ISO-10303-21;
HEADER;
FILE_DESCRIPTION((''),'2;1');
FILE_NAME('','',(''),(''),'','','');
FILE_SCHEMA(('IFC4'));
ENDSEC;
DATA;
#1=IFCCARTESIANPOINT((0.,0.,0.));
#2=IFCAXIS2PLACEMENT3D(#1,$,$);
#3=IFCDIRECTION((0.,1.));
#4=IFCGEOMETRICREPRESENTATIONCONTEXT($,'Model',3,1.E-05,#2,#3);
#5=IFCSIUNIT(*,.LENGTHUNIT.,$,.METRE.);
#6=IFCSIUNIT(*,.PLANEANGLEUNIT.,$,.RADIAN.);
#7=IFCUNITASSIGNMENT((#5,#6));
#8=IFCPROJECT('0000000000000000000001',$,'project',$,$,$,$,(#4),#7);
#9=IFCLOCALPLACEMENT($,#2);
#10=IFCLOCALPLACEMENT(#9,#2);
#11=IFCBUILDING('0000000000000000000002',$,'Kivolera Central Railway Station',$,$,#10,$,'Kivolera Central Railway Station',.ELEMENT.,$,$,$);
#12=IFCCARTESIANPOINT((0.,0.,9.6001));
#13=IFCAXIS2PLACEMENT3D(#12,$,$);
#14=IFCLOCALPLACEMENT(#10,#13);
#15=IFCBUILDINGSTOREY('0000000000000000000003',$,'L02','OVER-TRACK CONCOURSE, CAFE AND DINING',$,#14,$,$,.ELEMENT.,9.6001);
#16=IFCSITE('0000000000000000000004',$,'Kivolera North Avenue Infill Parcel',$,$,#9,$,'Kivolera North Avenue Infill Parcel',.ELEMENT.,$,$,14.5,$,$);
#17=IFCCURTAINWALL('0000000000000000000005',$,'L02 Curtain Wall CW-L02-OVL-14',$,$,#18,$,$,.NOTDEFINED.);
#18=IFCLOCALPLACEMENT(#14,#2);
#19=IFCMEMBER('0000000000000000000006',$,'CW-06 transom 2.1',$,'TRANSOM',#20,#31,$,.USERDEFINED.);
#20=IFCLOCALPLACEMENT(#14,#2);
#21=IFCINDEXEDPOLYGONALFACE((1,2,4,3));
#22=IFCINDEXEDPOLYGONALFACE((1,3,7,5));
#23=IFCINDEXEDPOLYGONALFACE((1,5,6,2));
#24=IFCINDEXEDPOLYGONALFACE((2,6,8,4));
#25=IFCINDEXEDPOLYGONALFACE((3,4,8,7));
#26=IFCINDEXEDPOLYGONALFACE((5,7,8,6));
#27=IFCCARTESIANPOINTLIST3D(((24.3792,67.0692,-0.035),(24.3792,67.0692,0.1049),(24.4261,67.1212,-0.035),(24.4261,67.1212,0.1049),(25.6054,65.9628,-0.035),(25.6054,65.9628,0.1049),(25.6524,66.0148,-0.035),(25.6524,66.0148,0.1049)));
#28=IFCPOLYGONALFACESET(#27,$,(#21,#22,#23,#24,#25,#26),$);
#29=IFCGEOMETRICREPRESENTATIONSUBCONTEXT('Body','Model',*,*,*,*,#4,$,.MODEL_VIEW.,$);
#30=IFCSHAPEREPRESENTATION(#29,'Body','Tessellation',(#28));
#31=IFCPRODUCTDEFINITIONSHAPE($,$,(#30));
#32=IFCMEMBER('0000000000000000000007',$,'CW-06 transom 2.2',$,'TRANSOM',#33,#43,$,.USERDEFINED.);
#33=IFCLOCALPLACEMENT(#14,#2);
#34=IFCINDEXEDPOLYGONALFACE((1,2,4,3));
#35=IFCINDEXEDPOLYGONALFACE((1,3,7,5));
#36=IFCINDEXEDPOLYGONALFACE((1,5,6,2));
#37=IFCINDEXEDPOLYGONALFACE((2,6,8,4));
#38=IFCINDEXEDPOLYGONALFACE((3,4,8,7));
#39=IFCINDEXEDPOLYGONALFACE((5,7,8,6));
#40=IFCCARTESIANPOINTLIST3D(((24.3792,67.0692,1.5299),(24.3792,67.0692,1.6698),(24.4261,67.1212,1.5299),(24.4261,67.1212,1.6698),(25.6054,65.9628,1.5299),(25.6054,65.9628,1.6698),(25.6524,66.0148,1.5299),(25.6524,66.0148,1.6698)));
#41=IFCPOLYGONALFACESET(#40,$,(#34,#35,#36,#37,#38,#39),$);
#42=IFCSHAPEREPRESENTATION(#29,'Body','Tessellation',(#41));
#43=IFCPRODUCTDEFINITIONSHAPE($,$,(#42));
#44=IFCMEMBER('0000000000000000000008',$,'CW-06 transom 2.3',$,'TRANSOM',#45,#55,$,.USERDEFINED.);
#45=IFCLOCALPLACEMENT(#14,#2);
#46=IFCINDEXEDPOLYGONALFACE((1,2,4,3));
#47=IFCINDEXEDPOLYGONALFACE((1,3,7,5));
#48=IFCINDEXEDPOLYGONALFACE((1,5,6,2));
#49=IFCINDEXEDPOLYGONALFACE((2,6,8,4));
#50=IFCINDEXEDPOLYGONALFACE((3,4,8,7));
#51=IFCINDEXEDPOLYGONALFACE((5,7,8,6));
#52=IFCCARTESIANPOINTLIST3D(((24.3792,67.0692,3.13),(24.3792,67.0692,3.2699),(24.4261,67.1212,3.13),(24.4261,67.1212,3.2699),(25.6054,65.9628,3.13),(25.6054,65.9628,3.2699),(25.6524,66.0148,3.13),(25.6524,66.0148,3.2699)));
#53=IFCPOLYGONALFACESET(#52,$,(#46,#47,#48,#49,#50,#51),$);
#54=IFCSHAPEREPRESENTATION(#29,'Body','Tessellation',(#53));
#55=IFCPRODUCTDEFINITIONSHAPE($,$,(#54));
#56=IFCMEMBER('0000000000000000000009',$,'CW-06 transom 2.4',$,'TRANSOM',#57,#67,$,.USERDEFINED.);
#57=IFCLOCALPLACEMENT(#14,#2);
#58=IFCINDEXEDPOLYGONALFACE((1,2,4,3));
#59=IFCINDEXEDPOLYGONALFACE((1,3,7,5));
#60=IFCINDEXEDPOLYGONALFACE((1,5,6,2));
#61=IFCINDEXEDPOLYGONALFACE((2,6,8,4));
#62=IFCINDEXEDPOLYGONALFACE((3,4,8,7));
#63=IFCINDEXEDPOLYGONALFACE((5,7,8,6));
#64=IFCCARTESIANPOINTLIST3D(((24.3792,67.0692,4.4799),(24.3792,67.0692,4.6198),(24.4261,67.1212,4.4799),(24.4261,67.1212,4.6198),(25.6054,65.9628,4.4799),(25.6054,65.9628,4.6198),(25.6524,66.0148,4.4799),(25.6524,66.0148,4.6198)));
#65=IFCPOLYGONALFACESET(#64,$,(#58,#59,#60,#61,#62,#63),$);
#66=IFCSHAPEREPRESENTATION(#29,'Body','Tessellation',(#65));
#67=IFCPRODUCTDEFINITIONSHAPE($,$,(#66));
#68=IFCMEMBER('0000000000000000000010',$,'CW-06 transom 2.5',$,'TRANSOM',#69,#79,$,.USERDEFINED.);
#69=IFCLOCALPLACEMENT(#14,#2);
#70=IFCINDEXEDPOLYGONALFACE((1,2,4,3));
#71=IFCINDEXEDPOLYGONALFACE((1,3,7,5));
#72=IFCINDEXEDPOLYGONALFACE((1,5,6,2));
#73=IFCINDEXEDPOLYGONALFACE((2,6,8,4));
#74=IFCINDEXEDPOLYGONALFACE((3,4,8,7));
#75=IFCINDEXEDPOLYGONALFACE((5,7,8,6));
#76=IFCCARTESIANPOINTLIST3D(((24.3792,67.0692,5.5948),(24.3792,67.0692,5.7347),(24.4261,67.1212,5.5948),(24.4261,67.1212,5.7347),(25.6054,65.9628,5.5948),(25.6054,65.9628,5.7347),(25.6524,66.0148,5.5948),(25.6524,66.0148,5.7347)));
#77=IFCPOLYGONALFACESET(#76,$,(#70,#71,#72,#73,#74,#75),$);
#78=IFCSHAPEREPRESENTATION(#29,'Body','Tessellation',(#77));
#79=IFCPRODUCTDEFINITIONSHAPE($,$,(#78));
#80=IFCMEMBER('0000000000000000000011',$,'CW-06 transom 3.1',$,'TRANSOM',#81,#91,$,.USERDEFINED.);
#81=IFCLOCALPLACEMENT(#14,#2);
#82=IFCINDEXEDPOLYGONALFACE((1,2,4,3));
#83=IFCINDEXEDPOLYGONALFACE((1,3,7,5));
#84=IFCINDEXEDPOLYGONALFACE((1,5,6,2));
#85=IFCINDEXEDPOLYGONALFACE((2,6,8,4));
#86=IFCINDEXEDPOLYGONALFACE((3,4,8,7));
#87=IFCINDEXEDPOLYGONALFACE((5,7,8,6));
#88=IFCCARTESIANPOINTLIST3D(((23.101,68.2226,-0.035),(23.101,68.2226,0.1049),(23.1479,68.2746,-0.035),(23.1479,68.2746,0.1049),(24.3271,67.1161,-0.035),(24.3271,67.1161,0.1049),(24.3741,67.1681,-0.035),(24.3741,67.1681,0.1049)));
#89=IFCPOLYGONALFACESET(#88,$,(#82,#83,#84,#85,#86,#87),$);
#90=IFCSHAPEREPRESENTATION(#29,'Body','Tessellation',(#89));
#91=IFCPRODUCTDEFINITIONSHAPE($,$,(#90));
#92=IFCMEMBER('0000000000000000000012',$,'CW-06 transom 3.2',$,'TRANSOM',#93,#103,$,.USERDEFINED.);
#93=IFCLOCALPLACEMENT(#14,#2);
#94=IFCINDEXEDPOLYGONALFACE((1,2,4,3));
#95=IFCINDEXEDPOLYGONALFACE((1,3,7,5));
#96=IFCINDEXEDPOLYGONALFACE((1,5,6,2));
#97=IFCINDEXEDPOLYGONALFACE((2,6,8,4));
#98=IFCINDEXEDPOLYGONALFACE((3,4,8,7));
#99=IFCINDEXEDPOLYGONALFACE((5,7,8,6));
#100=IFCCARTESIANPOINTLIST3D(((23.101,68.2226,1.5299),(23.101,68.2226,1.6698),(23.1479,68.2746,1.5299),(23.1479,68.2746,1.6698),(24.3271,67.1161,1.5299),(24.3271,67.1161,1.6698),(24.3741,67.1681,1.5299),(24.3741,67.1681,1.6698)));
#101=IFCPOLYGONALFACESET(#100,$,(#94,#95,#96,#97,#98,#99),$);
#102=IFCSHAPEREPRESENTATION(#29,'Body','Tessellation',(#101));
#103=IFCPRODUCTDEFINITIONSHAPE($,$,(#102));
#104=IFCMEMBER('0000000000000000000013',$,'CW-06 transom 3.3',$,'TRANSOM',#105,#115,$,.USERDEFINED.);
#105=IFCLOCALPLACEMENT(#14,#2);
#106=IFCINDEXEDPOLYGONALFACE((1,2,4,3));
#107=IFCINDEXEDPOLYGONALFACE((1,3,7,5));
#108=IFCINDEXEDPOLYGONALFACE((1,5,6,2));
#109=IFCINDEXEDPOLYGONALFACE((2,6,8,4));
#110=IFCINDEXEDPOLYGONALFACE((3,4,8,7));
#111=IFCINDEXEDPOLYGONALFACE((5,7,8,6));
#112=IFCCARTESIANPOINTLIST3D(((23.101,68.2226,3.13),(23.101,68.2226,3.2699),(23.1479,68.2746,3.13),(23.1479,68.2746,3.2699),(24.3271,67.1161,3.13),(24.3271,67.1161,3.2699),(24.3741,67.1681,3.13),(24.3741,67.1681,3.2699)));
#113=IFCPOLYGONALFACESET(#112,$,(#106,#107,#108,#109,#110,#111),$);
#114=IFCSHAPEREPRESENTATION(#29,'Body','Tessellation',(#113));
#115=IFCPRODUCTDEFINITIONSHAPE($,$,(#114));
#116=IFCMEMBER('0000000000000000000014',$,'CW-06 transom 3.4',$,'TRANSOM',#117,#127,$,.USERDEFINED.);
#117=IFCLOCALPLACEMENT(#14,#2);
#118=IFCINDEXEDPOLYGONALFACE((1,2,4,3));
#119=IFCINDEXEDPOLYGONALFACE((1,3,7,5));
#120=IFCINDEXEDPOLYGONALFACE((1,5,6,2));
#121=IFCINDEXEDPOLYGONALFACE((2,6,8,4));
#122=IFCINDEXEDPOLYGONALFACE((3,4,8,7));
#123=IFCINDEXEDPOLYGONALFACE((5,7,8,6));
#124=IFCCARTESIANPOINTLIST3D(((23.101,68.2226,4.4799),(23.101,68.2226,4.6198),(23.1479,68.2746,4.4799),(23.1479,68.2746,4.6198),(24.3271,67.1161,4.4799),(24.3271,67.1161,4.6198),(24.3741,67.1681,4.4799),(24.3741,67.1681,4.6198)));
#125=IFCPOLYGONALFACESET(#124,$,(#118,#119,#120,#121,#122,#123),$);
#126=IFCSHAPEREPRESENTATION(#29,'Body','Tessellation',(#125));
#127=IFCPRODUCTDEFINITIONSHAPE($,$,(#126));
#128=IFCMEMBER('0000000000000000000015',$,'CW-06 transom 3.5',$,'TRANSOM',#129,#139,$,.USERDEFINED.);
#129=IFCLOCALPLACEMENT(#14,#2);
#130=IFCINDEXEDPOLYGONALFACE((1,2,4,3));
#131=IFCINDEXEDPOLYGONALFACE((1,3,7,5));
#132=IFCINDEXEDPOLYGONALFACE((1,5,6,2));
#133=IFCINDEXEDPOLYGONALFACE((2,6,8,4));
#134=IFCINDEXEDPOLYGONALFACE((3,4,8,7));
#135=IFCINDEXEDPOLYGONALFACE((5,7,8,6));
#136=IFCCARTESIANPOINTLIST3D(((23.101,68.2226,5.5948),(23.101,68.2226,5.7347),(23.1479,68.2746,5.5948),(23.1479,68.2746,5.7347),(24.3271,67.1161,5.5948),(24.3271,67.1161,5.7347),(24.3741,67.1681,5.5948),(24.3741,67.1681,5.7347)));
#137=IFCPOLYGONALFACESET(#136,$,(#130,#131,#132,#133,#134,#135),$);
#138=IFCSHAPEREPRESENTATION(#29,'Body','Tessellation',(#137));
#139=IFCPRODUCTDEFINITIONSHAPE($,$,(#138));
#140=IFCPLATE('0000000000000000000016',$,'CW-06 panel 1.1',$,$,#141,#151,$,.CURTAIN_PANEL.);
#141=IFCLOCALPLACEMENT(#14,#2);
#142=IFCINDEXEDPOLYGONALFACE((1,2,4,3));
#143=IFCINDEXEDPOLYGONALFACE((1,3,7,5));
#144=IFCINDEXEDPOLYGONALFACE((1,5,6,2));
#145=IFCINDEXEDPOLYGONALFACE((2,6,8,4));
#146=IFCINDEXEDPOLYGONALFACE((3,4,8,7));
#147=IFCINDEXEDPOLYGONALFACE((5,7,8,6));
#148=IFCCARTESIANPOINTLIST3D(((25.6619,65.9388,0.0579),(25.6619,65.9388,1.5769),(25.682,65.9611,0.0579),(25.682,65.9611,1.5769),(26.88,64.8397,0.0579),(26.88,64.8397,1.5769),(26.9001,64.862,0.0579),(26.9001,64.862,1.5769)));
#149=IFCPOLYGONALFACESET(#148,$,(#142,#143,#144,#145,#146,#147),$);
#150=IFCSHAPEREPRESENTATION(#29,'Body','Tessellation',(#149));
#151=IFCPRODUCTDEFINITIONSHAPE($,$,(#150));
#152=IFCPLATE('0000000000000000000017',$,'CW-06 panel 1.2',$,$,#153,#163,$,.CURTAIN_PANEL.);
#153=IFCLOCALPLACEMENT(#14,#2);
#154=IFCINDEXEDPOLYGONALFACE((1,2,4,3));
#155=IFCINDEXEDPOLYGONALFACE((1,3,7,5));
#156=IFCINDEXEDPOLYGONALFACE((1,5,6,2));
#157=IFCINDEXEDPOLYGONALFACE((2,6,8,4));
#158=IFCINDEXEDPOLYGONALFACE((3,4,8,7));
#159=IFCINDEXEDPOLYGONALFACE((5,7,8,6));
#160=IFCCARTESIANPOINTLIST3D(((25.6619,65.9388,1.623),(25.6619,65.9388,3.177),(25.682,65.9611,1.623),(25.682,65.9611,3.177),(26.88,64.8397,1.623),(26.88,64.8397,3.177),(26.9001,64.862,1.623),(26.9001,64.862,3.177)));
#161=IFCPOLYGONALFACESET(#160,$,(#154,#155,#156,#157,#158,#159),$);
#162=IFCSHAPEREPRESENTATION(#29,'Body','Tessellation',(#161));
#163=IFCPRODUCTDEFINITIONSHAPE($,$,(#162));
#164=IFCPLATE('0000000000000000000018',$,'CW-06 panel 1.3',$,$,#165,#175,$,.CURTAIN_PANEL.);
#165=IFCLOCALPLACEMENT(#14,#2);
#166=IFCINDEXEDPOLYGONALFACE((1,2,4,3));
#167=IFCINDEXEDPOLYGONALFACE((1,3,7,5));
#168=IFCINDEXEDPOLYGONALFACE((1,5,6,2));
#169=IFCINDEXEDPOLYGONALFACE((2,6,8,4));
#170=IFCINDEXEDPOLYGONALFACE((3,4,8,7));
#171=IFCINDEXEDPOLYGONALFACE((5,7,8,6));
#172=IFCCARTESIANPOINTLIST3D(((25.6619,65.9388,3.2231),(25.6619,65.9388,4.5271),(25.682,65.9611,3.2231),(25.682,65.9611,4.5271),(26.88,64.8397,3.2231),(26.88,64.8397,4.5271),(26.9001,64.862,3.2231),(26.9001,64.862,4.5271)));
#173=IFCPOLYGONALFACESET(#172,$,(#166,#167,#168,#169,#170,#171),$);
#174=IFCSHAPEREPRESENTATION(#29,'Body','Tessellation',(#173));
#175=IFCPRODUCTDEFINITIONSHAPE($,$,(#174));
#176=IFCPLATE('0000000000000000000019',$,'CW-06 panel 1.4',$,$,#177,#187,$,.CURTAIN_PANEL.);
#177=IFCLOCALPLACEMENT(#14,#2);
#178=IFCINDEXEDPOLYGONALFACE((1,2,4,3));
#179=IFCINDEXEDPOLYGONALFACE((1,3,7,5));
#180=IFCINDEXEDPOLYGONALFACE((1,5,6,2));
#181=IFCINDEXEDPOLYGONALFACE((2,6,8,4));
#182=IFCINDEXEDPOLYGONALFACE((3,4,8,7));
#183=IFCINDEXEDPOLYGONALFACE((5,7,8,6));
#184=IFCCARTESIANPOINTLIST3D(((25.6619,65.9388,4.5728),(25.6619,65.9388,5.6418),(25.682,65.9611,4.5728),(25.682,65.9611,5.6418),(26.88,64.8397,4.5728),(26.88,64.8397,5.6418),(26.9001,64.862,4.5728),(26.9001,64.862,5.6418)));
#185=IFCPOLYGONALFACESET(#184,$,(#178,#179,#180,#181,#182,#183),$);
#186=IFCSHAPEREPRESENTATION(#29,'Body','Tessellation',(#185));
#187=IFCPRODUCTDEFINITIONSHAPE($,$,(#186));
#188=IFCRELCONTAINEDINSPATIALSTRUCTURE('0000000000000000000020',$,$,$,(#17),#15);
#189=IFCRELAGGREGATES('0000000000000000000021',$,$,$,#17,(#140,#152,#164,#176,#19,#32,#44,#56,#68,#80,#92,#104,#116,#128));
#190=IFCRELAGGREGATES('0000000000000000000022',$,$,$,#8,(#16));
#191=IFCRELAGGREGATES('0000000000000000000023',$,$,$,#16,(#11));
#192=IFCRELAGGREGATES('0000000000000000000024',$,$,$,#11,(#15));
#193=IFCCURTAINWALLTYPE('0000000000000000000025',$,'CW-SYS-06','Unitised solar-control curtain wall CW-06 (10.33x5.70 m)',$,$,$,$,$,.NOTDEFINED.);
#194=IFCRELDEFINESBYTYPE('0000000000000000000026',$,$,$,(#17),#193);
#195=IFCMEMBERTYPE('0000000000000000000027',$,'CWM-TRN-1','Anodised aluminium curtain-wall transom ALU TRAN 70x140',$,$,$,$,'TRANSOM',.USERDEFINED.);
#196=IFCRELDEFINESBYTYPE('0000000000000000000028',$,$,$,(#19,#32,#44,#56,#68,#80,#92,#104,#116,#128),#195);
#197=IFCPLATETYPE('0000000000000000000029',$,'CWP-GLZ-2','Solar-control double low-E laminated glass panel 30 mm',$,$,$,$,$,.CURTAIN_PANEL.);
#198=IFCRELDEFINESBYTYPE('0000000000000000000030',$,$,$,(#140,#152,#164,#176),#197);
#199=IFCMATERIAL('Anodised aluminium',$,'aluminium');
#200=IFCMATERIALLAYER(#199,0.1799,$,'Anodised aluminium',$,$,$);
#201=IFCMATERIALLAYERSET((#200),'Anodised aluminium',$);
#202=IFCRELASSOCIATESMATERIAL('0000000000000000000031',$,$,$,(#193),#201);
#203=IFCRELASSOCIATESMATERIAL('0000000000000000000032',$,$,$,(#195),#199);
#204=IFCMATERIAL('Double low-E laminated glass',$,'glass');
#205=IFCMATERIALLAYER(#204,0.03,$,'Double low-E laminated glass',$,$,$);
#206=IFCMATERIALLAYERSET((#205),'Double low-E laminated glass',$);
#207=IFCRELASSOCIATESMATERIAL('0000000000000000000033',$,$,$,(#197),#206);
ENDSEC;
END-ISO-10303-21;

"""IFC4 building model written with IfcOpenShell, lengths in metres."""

from ifc_helpers import new_model, si_unit, direction, frame, origin, origin_2d, place, context, subcontext, project, spatial, rectangle, extrude, material, layer, layer_set, material_profile, profile_set, type_object, element, aggregate, save


model = new_model("IFC4")

# Units and contexts
model_context = context("Model", 3, precision=1e-05, world=origin(), true_north=direction((0.0, 1.0)))
body_context = subcontext(model_context, "Body", "Model", "MODEL_VIEW")
ifc_project = project(units=[si_unit("LENGTHUNIT", "METRE"), si_unit("PLANEANGLEUNIT", "RADIAN")], contexts=[model_context])

# Site, building, storey
site_placement = place(None, origin())
site = spatial("IfcSite", under=ifc_project, at=site_placement, Name="Kivolera North Avenue Infill Parcel", LongName="Kivolera North Avenue Infill Parcel", CompositionType="ELEMENT", RefElevation=14.5)
building_placement = place(site_placement, origin())
building = spatial("IfcBuilding", under=site, at=building_placement, Name="Kivolera Central Railway Station", LongName="Kivolera Central Railway Station", CompositionType="ELEMENT")
storey_placement = place(building_placement, frame((0.0, 0.0, 9.6001)))
storey = spatial("IfcBuildingStorey", under=building, at=storey_placement, Name="L02", Description="OVER-TRACK CONCOURSE, CAFE AND DINING", CompositionType="ELEMENT", Elevation=9.6001)

# Curtain wall, members, plates
ifc_material_1 = material(Name="Anodised aluminium", Category="aluminium")
ifc_layer_1 = layer(ifc_material_1, 0.1799, Name="Anodised aluminium")
ifc_layer_set_1 = layer_set([ifc_layer_1], Name="Anodised aluminium")
curtain_wall_type = type_object("IfcCurtainWallType", Name="CW-SYS-06", Description="Unitised solar-control curtain wall CW-06 (10.33x5.70 m)", PredefinedType="NOTDEFINED", material=ifc_layer_set_1)
curtain_wall_placement = place(storey_placement, origin())
curtain_wall = element("IfcCurtainWall", 1, at=curtain_wall_placement, inside=storey, type_object=curtain_wall_type, Name="L02 Curtain Wall CW-L02-OVL-14", PredefinedType="NOTDEFINED")
ifc_material_profile_1 = material_profile(ifc_material_1, rectangle(XDim=0.0701, YDim=0.1399, at=origin_2d()), Name="ALU TRAN 70x140")
ifc_profile_set_1 = profile_set([ifc_material_profile_1], Name="Anodised aluminium")
member_type_1 = type_object("IfcMemberType", Name="CWM-TRN-1", Description="Anodised aluminium curtain-wall transom ALU TRAN 70x140", ElementType="TRANSOM", PredefinedType="USERDEFINED", material=ifc_profile_set_1)
member_1_placement = place(storey_placement, frame((25.6289, 65.9888, 0.0349), z_axis=(-0.742463, 0.669887, 0.0), x_axis=(-0.669887, -0.742463, 0.0)))
member_1 = element("IfcMember", 2, at=member_1_placement, type_object=member_type_1, Name="CW-06 transom 2.1", ObjectType="TRANSOM", PredefinedType="USERDEFINED", context=body_context, shape_type="SweptSolid", body=[
    extrude(rectangle(XDim=0.0701, YDim=0.1399, at=origin_2d()), origin(), (0.0, 0.0, 1.0), 1.6516),
])
member_2_placement = place(storey_placement, frame((25.6289, 65.9888, 1.5999), z_axis=(-0.742463, 0.669887, 0.0), x_axis=(-0.669887, -0.742463, 0.0)))
member_2 = element("IfcMember", 3, at=member_2_placement, type_object=member_type_1, Name="CW-06 transom 2.2", ObjectType="TRANSOM", PredefinedType="USERDEFINED", context=body_context, shape_type="SweptSolid", body=[
    extrude(rectangle(XDim=0.0701, YDim=0.1399, at=origin_2d()), origin(), (0.0, 0.0, 1.0), 1.6516),
])
member_3_placement = place(storey_placement, frame((25.6289, 65.9888, 3.2), z_axis=(-0.742463, 0.669887, 0.0), x_axis=(-0.669887, -0.742463, 0.0)))
member_3 = element("IfcMember", 4, at=member_3_placement, type_object=member_type_1, Name="CW-06 transom 2.3", ObjectType="TRANSOM", PredefinedType="USERDEFINED", context=body_context, shape_type="SweptSolid", body=[
    extrude(rectangle(XDim=0.0701, YDim=0.1399, at=origin_2d()), origin(), (0.0, 0.0, 1.0), 1.6516),
])
member_4_placement = place(storey_placement, frame((25.6289, 65.9888, 4.5498), z_axis=(-0.742463, 0.669887, 0.0), x_axis=(-0.669887, -0.742463, 0.0)))
member_4 = element("IfcMember", 5, at=member_4_placement, type_object=member_type_1, Name="CW-06 transom 2.4", ObjectType="TRANSOM", PredefinedType="USERDEFINED", context=body_context, shape_type="SweptSolid", body=[
    extrude(rectangle(XDim=0.0701, YDim=0.1399, at=origin_2d()), origin(), (0.0, 0.0, 1.0), 1.6516),
])
member_5_placement = place(storey_placement, frame((25.6289, 65.9888, 5.6648), z_axis=(-0.742463, 0.669887, 0.0), x_axis=(-0.669887, -0.742463, 0.0)))
member_5 = element("IfcMember", 6, at=member_5_placement, type_object=member_type_1, Name="CW-06 transom 2.5", ObjectType="TRANSOM", PredefinedType="USERDEFINED", context=body_context, shape_type="SweptSolid", body=[
    extrude(rectangle(XDim=0.0701, YDim=0.1399, at=origin_2d()), origin(), (0.0, 0.0, 1.0), 1.6516),
])
member_6_placement = place(storey_placement, frame((24.3506, 67.1421, 0.0349), z_axis=(-0.742397, 0.669961, 0.0), x_axis=(-0.669961, -0.742397, 0.0)))
member_6 = element("IfcMember", 7, at=member_6_placement, type_object=member_type_1, Name="CW-06 transom 3.1", ObjectType="TRANSOM", PredefinedType="USERDEFINED", context=body_context, shape_type="SweptSolid", body=[
    extrude(rectangle(XDim=0.0701, YDim=0.1399, at=origin_2d()), origin(), (0.0, 0.0, 1.0), 1.6516),
])
member_7_placement = place(storey_placement, frame((24.3506, 67.1421, 1.5999), z_axis=(-0.742397, 0.669961, 0.0), x_axis=(-0.669961, -0.742397, 0.0)))
member_7 = element("IfcMember", 8, at=member_7_placement, type_object=member_type_1, Name="CW-06 transom 3.2", ObjectType="TRANSOM", PredefinedType="USERDEFINED", context=body_context, shape_type="SweptSolid", body=[
    extrude(rectangle(XDim=0.0701, YDim=0.1399, at=origin_2d()), origin(), (0.0, 0.0, 1.0), 1.6516),
])
member_8_placement = place(storey_placement, frame((24.3506, 67.1421, 3.2), z_axis=(-0.742397, 0.669961, 0.0), x_axis=(-0.669961, -0.742397, 0.0)))
member_8 = element("IfcMember", 9, at=member_8_placement, type_object=member_type_1, Name="CW-06 transom 3.3", ObjectType="TRANSOM", PredefinedType="USERDEFINED", context=body_context, shape_type="SweptSolid", body=[
    extrude(rectangle(XDim=0.0701, YDim=0.1399, at=origin_2d()), origin(), (0.0, 0.0, 1.0), 1.6516),
])
member_9_placement = place(storey_placement, frame((24.3506, 67.1421, 4.5498), z_axis=(-0.742397, 0.669961, 0.0), x_axis=(-0.669961, -0.742397, 0.0)))
member_9 = element("IfcMember", 10, at=member_9_placement, type_object=member_type_1, Name="CW-06 transom 3.4", ObjectType="TRANSOM", PredefinedType="USERDEFINED", context=body_context, shape_type="SweptSolid", body=[
    extrude(rectangle(XDim=0.0701, YDim=0.1399, at=origin_2d()), origin(), (0.0, 0.0, 1.0), 1.6516),
])
member_10_placement = place(storey_placement, frame((24.3506, 67.1421, 5.6648), z_axis=(-0.742397, 0.669961, 0.0), x_axis=(-0.669961, -0.742397, 0.0)))
member_10 = element("IfcMember", 11, at=member_10_placement, type_object=member_type_1, Name="CW-06 transom 3.5", ObjectType="TRANSOM", PredefinedType="USERDEFINED", context=body_context, shape_type="SweptSolid", body=[
    extrude(rectangle(XDim=0.0701, YDim=0.1399, at=origin_2d()), origin(), (0.0, 0.0, 1.0), 1.6516),
])
ifc_material_2 = material(Name="Double low-E laminated glass", Category="glass")
ifc_layer_2 = layer(ifc_material_2, 0.03, Name="Double low-E laminated glass")
ifc_layer_set_2 = layer_set([ifc_layer_2], Name="Double low-E laminated glass")
plate_type = type_object("IfcPlateType", Name="CWP-GLZ-2", Description="Solar-control double low-E laminated glass panel 30 mm", PredefinedType="CURTAIN_PANEL", material=ifc_layer_set_2)
plate_1_placement = place(storey_placement, frame((26.281, 65.4004, 0.0579), z_axis=(0.0, 0.0, 1.0), x_axis=(-0.742432, 0.669922, 0.0)))
plate_1 = element("IfcPlate", 12, at=plate_1_placement, type_object=plate_type, Name="CW-06 panel 1.1", PredefinedType="CURTAIN_PANEL", context=body_context, shape_type="SweptSolid", body=[
    extrude(rectangle(XDim=1.6406, YDim=0.03, at=origin_2d()), origin(), (0.0, 0.0, 1.0), 1.519),
])
plate_2_placement = place(storey_placement, frame((26.281, 65.4004, 1.623), z_axis=(0.0, 0.0, 1.0), x_axis=(-0.742432, 0.669922, 0.0)))
plate_2 = element("IfcPlate", 13, at=plate_2_placement, type_object=plate_type, Name="CW-06 panel 1.2", PredefinedType="CURTAIN_PANEL", context=body_context, shape_type="SweptSolid", body=[
    extrude(rectangle(XDim=1.6406, YDim=0.03, at=origin_2d()), origin(), (0.0, 0.0, 1.0), 1.554),
])
plate_3_placement = place(storey_placement, frame((26.281, 65.4004, 3.2231), z_axis=(0.0, 0.0, 1.0), x_axis=(-0.742432, 0.669922, 0.0)))
plate_3 = element("IfcPlate", 14, at=plate_3_placement, type_object=plate_type, Name="CW-06 panel 1.3", PredefinedType="CURTAIN_PANEL", context=body_context, shape_type="SweptSolid", body=[
    extrude(rectangle(XDim=1.6406, YDim=0.03, at=origin_2d()), origin(), (0.0, 0.0, 1.0), 1.304),
])
plate_4_placement = place(storey_placement, frame((26.281, 65.4004, 4.5728), z_axis=(0.0, 0.0, 1.0), x_axis=(-0.742432, 0.669922, 0.0)))
plate_4 = element("IfcPlate", 15, at=plate_4_placement, type_object=plate_type, Name="CW-06 panel 1.4", PredefinedType="CURTAIN_PANEL", context=body_context, shape_type="SweptSolid", body=[
    extrude(rectangle(XDim=1.6406, YDim=0.03, at=origin_2d()), origin(), (0.0, 0.0, 1.0), 1.0691),
])
aggregate(curtain_wall, [plate_1, plate_2, plate_3, plate_4, member_1, member_2, member_3, member_4, member_5, member_6, member_7, member_8, member_9, member_10])

save(model, "model.ifc")
